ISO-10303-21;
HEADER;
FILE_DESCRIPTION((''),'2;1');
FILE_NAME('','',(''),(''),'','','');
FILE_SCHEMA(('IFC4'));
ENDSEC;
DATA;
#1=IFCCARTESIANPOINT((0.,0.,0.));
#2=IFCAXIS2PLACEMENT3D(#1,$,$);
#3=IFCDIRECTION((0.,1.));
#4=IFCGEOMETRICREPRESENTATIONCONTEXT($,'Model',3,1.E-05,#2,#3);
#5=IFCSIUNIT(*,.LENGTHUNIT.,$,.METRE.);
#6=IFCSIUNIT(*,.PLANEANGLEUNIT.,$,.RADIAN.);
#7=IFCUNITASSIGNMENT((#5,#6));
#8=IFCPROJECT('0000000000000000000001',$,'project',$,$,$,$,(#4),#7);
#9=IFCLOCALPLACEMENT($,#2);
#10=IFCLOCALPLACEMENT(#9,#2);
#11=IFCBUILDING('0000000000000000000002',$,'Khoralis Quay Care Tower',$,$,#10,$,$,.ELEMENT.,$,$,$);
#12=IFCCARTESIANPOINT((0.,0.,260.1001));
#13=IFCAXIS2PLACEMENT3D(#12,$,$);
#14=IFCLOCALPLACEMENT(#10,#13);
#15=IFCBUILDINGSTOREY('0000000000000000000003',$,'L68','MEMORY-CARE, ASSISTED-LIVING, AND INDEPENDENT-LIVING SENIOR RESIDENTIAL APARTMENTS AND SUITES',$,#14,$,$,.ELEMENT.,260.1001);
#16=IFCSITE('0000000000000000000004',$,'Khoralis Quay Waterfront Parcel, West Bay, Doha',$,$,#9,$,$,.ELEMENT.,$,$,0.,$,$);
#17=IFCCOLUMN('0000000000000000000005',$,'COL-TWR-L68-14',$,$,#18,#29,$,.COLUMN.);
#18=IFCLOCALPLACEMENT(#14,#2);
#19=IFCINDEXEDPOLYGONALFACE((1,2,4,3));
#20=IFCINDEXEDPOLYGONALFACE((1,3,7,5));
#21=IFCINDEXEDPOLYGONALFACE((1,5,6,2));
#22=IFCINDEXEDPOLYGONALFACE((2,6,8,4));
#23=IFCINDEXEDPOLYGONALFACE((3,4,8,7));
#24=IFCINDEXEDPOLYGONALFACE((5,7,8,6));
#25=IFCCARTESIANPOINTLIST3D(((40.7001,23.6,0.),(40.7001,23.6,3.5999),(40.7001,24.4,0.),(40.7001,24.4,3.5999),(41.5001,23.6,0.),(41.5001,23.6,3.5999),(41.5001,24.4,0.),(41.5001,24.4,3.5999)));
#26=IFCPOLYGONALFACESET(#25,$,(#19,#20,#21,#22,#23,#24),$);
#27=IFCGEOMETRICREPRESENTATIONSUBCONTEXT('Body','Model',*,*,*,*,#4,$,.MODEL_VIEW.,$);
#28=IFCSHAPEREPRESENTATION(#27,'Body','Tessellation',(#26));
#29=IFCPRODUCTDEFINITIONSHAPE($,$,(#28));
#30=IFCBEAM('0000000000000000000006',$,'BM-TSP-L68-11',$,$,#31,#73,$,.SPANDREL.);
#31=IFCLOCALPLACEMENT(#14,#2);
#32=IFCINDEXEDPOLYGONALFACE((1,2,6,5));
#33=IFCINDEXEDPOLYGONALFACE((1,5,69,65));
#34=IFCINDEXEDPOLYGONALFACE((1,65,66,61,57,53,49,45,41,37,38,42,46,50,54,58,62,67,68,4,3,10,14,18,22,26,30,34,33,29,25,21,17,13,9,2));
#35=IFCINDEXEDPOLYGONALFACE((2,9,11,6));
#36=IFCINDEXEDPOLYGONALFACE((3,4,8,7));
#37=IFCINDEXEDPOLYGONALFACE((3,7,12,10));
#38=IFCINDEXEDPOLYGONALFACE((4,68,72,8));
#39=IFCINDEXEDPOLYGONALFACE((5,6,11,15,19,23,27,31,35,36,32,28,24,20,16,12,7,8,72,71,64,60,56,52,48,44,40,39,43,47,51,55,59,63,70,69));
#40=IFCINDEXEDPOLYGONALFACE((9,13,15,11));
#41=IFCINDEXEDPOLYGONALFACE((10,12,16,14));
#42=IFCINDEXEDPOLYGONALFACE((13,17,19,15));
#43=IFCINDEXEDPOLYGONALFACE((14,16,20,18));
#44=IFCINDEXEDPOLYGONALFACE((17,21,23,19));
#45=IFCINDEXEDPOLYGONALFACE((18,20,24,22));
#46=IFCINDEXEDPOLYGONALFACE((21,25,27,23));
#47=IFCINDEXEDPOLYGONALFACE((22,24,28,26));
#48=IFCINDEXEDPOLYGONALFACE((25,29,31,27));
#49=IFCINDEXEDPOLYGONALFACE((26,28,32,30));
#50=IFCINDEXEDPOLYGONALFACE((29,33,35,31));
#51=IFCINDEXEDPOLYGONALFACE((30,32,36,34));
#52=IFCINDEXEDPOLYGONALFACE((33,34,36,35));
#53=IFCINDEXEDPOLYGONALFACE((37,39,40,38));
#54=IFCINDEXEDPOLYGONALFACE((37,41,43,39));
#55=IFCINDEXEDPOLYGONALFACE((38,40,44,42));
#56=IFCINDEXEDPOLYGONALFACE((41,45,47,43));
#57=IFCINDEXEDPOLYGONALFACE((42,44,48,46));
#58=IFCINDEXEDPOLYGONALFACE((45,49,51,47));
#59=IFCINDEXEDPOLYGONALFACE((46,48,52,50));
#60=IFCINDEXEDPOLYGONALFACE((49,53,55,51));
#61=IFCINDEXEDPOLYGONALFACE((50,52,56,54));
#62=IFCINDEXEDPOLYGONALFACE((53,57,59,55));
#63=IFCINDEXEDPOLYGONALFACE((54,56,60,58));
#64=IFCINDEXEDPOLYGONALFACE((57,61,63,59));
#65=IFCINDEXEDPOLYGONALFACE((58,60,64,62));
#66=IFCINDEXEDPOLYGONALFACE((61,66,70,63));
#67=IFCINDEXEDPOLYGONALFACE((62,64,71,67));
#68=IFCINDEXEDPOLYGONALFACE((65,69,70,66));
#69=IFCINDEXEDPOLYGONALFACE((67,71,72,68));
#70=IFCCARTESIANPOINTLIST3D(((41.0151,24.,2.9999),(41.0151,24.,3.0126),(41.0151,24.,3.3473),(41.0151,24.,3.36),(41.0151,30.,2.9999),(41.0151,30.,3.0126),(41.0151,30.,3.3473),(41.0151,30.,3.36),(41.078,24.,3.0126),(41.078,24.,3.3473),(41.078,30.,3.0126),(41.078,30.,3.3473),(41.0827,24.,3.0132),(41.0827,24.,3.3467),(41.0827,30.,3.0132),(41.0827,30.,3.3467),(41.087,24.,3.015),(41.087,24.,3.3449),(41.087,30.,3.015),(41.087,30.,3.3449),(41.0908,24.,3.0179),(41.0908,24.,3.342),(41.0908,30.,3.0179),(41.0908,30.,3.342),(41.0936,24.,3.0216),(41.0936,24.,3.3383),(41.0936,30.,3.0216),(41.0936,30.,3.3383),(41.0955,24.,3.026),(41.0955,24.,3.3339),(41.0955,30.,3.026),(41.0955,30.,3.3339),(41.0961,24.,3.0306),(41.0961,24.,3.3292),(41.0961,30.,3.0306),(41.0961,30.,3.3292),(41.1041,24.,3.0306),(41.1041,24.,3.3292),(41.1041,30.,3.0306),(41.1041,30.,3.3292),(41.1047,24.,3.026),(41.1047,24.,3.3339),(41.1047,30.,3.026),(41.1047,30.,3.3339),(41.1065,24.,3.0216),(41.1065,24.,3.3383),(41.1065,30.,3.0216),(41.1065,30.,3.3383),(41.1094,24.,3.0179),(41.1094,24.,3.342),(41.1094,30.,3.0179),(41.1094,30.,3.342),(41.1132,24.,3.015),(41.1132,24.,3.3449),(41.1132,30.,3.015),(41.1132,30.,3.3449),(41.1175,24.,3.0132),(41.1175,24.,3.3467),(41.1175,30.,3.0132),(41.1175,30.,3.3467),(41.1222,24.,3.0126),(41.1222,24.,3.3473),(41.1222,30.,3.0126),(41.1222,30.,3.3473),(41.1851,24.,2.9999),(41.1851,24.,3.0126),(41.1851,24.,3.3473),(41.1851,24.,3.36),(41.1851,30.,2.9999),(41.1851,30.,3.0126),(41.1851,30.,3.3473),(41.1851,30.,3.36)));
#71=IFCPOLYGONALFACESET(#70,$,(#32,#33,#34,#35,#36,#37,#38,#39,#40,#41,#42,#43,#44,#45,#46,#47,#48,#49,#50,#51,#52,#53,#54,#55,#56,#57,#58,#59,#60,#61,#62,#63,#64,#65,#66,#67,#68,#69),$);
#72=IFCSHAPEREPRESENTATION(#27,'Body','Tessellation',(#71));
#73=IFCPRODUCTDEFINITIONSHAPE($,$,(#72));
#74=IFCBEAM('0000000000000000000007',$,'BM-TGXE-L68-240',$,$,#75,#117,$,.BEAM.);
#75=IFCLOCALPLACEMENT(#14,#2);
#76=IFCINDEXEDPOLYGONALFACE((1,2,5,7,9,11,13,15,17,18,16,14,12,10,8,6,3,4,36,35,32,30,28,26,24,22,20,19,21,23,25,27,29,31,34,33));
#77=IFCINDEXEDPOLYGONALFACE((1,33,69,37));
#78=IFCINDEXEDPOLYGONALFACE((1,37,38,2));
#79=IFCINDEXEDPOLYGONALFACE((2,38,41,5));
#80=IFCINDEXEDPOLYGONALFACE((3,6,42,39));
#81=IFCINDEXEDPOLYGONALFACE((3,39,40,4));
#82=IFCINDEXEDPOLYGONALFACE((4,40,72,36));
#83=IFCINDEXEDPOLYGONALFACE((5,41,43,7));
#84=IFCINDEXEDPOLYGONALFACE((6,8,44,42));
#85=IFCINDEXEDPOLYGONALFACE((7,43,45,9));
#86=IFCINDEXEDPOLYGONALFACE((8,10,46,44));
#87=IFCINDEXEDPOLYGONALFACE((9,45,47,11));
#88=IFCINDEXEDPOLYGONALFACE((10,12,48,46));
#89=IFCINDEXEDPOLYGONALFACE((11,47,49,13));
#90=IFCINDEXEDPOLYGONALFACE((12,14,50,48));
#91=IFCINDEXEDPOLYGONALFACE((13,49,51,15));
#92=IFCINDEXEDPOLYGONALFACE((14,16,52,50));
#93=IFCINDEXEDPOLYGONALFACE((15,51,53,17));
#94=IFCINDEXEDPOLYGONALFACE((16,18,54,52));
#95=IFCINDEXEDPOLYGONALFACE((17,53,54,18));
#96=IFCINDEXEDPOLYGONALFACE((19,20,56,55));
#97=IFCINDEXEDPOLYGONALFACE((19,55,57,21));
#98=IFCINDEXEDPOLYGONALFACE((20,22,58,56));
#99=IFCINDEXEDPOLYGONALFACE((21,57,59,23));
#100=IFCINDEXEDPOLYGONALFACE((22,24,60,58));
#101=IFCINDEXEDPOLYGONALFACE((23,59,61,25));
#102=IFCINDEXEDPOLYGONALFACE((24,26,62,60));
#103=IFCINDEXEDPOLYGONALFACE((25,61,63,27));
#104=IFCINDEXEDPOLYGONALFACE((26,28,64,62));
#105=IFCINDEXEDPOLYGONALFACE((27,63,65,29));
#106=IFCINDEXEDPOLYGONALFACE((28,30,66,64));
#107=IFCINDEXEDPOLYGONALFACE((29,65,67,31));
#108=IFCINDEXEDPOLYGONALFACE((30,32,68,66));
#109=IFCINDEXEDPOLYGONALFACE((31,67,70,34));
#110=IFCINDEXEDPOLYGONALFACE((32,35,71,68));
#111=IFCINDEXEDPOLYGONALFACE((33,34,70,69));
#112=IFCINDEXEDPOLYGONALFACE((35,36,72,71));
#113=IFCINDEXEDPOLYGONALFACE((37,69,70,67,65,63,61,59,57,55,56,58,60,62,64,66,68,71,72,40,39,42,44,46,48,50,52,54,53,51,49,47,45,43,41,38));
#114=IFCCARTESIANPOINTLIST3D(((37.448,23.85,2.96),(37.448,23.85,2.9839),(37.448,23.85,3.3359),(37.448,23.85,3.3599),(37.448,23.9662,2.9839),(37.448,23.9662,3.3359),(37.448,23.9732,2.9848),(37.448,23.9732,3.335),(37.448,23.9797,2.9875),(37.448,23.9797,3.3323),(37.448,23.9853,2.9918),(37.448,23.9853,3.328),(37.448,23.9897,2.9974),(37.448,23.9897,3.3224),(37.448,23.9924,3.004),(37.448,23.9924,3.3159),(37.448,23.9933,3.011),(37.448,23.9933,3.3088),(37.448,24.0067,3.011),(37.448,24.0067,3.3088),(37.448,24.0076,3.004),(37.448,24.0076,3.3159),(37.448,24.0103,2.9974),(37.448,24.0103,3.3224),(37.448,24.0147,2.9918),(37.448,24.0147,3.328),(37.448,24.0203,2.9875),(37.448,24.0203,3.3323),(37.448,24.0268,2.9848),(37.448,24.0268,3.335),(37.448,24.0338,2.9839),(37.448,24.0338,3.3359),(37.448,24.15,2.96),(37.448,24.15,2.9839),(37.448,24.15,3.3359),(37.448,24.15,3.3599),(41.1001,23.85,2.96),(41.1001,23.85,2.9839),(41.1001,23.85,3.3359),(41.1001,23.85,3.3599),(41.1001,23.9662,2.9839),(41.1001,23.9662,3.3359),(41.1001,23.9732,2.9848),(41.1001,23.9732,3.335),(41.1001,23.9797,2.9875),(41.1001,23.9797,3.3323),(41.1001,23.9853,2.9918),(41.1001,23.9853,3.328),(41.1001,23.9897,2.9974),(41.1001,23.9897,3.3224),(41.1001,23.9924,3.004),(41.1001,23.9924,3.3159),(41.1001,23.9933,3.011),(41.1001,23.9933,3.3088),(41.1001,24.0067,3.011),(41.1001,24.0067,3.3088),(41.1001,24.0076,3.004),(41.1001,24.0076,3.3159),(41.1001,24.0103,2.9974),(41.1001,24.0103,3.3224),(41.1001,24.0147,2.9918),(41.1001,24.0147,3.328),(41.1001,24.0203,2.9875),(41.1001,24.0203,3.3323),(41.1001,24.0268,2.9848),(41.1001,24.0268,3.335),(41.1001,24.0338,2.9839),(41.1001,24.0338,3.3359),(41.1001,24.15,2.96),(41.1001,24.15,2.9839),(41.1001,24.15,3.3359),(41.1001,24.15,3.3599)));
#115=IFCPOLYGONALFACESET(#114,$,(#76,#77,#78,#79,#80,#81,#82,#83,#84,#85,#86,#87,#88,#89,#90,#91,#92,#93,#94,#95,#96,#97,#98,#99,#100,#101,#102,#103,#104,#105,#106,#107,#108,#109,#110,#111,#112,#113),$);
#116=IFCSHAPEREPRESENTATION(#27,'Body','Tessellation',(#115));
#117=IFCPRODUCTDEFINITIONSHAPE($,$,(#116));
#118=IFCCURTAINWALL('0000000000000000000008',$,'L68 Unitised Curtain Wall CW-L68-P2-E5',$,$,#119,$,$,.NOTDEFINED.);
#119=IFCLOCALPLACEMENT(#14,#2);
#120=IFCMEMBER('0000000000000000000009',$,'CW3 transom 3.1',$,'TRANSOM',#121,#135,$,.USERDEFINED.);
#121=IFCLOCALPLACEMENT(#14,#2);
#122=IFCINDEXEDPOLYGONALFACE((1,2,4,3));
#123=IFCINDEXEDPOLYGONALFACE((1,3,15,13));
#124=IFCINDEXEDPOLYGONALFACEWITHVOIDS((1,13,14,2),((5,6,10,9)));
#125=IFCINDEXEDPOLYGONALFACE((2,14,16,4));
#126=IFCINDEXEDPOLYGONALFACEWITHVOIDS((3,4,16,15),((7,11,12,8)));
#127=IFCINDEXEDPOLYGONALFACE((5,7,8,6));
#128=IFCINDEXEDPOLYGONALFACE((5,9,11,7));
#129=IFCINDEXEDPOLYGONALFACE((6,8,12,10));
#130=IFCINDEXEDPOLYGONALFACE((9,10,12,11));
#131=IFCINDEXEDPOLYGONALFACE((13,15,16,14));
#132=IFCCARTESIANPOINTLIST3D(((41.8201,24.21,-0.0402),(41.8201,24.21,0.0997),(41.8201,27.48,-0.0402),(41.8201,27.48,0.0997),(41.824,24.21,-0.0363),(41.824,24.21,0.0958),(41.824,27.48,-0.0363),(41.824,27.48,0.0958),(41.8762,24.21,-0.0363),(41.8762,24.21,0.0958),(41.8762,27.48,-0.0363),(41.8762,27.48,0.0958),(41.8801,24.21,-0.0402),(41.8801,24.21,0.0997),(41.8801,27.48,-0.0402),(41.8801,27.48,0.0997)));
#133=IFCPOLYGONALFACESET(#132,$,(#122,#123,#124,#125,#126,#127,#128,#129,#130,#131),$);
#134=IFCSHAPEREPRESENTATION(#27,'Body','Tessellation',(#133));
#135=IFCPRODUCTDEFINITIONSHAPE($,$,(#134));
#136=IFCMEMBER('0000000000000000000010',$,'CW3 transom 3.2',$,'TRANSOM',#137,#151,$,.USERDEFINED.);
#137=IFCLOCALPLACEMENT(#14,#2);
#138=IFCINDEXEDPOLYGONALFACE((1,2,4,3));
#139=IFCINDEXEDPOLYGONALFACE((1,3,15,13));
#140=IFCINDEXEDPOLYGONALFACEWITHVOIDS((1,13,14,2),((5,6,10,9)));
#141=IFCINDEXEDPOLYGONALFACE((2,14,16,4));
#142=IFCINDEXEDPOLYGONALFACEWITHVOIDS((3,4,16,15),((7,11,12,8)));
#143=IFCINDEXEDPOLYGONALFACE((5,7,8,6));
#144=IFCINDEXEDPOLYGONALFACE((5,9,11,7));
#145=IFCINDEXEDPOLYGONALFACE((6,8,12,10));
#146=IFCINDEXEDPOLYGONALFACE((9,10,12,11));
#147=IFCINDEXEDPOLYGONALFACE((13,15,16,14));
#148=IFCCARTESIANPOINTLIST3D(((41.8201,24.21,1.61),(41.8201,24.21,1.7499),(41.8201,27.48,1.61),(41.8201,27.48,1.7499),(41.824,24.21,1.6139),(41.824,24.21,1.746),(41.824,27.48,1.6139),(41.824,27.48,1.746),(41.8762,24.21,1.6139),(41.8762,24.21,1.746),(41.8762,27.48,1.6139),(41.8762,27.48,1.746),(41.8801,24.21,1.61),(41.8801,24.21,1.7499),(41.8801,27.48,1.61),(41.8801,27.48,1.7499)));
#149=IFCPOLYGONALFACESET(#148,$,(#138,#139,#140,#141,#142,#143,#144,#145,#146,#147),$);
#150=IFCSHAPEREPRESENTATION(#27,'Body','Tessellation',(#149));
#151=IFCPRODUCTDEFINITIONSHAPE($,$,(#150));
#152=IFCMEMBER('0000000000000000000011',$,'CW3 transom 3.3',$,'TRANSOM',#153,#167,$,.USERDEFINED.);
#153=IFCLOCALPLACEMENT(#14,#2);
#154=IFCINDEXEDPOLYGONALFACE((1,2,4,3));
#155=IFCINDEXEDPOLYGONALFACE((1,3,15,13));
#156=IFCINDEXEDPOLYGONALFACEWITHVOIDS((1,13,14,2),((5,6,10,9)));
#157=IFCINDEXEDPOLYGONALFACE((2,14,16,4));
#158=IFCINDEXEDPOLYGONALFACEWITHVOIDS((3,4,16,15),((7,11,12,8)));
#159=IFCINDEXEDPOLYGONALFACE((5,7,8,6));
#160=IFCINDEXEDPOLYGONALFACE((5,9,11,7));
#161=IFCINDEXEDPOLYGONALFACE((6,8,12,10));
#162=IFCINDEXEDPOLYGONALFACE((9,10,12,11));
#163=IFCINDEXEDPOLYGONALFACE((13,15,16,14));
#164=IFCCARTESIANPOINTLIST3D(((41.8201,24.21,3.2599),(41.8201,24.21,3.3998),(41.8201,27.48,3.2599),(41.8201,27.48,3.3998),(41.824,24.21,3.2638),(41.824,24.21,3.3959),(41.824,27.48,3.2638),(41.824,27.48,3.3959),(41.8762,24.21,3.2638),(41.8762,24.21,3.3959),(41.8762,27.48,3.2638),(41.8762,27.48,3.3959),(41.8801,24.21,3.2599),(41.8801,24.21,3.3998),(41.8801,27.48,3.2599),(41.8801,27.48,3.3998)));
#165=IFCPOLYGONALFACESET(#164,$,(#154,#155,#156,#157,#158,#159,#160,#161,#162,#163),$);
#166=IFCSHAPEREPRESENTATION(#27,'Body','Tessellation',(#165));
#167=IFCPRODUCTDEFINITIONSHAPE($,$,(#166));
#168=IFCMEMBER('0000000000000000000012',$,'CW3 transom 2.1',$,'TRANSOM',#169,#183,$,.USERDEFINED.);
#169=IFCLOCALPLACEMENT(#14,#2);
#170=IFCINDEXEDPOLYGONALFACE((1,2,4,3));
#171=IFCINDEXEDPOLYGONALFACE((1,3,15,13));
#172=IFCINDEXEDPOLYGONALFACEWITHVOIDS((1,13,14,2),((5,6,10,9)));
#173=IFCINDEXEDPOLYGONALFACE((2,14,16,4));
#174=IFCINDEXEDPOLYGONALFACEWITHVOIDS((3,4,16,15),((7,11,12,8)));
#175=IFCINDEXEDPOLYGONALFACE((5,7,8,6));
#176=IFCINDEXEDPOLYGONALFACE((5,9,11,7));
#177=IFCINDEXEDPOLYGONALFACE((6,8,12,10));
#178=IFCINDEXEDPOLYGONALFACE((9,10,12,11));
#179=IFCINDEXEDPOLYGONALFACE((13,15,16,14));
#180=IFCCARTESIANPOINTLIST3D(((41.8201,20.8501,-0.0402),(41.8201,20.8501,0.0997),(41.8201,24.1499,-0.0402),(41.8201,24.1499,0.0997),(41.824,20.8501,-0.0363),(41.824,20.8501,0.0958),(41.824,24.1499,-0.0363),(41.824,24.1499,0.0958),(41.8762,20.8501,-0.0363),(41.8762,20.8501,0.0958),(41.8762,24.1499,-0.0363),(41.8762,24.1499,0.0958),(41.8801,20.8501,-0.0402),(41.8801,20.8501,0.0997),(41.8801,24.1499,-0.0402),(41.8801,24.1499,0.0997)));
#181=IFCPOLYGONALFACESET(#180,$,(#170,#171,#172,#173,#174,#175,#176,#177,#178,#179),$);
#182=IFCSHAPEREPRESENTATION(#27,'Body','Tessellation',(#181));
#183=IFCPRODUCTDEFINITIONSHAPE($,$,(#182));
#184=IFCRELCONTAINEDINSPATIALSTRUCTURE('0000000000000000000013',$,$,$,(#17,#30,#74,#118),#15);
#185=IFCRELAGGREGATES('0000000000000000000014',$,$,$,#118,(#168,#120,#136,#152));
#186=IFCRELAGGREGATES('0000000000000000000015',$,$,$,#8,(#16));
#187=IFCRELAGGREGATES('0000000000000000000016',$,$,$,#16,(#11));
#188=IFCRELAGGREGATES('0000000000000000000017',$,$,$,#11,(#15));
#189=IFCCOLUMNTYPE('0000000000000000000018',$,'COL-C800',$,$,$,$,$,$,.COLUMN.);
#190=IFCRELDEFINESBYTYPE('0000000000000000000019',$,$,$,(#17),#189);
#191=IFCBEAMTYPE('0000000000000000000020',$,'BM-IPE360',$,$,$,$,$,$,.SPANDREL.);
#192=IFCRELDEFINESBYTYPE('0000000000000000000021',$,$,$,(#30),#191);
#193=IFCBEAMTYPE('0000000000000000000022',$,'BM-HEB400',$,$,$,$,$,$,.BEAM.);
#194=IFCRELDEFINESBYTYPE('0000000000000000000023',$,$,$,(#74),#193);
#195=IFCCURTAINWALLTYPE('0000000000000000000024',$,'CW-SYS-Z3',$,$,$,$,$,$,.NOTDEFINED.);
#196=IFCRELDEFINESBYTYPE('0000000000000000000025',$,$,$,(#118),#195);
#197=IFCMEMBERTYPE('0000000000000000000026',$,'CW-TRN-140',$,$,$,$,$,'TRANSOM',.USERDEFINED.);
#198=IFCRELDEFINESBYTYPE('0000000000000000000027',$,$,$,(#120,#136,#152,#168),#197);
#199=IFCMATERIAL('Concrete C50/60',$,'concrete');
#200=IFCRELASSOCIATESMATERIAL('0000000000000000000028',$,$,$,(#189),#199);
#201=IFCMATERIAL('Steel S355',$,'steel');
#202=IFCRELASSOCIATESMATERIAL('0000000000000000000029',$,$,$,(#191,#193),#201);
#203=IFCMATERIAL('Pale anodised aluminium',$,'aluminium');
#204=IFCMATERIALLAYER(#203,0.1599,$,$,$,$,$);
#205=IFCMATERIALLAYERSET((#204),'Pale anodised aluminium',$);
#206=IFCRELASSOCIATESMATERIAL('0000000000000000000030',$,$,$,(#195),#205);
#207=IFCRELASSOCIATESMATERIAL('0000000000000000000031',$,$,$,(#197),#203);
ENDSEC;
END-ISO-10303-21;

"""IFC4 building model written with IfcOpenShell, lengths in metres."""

from ifc_helpers import new_model, si_unit, direction, frame, origin, origin_2d, place, context, subcontext, project, spatial, rectangle, hollow_rectangle, i_section, extrude, source, transform, mapped, material, layer, layer_set, material_profile, profile_set, type_object, element, aggregate, save


model = new_model("IFC4")

# Units and contexts
model_context = context("Model", 3, precision=1e-05, world=origin(), true_north=direction((0.0, 1.0)))
body_context = subcontext(model_context, "Body", "Model", "MODEL_VIEW")
ifc_project = project(units=[si_unit("LENGTHUNIT", "METRE"), si_unit("PLANEANGLEUNIT", "RADIAN")], contexts=[model_context])

# Site, building, storey
site_placement = place(None, origin())
site = spatial("IfcSite", under=ifc_project, at=site_placement, Name="Khoralis Quay Waterfront Parcel, West Bay, Doha", CompositionType="ELEMENT", RefElevation=0.0)
building_placement = place(site_placement, origin())
building = spatial("IfcBuilding", under=site, at=building_placement, Name="Khoralis Quay Care Tower", CompositionType="ELEMENT")
storey_placement = place(building_placement, frame((0.0, 0.0, 260.1001)))
storey = spatial("IfcBuildingStorey", under=building, at=storey_placement, Name="L68", Description="MEMORY-CARE, ASSISTED-LIVING, AND INDEPENDENT-LIVING SENIOR RESIDENTIAL APARTMENTS AND SUITES", CompositionType="ELEMENT", Elevation=260.1001)

# Column
ifc_material_1 = material(Name="Concrete C50/60", Category="concrete")
ifc_material_profile_1 = material_profile(ifc_material_1, rectangle(XDim=0.8, YDim=0.8, at=origin_2d()), Name="Concrete C50/60")
ifc_profile_set_1 = profile_set([ifc_material_profile_1], Name="Concrete C50/60")
column_type = type_object("IfcColumnType", Name="COL-C800", PredefinedType="COLUMN", material=ifc_profile_set_1)
shared_shape_1 = source(origin(), body_context, "Body", "SweptSolid", [
    extrude(rectangle(XDim=0.8, YDim=0.8, at=origin_2d()), origin(), (0.0, 0.0, 1.0), 3.5999),
])
column_placement = place(storey_placement, frame((41.1001, 24.0, 0.0), z_axis=(0.0, 0.0, 1.0), x_axis=(1.0, 0.0, 0.0)))
element("IfcColumn", 1, at=column_placement, inside=storey, type_object=column_type, Name="COL-TWR-L68-14", PredefinedType="COLUMN", context=body_context, shape_type="MappedRepresentation", body=[
    mapped(shared_shape_1, transform((0.0, 0.0, 0.0), scale=1.0)),
])

# Beams
ifc_material_2 = material(Name="Steel S355", Category="steel")
ifc_material_profile_2 = material_profile(ifc_material_2, i_section(OverallWidth=0.1699, OverallDepth=0.3601, WebThickness=0.0081, FlangeThickness=0.0127, FilletRadius=0.0181, at=origin_2d()), Name="Steel S355")
ifc_profile_set_2 = profile_set([ifc_material_profile_2], Name="Steel S355")
beam_type_1 = type_object("IfcBeamType", Name="BM-IPE360", PredefinedType="SPANDREL", material=ifc_profile_set_2)
shared_shape_2 = source(origin(), body_context, "Body", "SweptSolid", [
    extrude(i_section(OverallWidth=0.1699, OverallDepth=0.3601, WebThickness=0.0081, FlangeThickness=0.0127, FilletRadius=0.0181, at=origin_2d()), origin(), (0.0, 0.0, 1.0), 6.0),
])
beam_1_placement = place(storey_placement, frame((41.1001, 24.0, 3.1799), z_axis=(0.0, 1.0, 0.0), x_axis=(-1.0, 0.0, 0.0)))
element("IfcBeam", 2, at=beam_1_placement, inside=storey, type_object=beam_type_1, Name="BM-TSP-L68-11", PredefinedType="SPANDREL", context=body_context, shape_type="MappedRepresentation", body=[
    mapped(shared_shape_2, transform((0.0, 0.0, 0.0), scale=1.0)),
])
ifc_material_profile_3 = material_profile(ifc_material_2, i_section(OverallWidth=0.3, OverallDepth=0.3999, WebThickness=0.0134, FlangeThickness=0.0239, FilletRadius=0.0271, at=origin_2d()), Name="Steel S355")
ifc_profile_set_3 = profile_set([ifc_material_profile_3], Name="Steel S355")
beam_type_2 = type_object("IfcBeamType", Name="BM-HEB400", PredefinedType="BEAM", material=ifc_profile_set_3)
shared_shape_3 = source(origin(), body_context, "Body", "SweptSolid", [
    extrude(i_section(OverallWidth=0.3, OverallDepth=0.3999, WebThickness=0.0134, FlangeThickness=0.0239, FilletRadius=0.0271, at=origin_2d()), origin(), (0.0, 0.0, 1.0), 3.6521),
])
beam_2_placement = place(storey_placement, frame((37.448, 24.0, 3.1599), z_axis=(1.0, 0.0, 0.0), x_axis=(0.0, 1.0, 0.0)))
element("IfcBeam", 3, at=beam_2_placement, inside=storey, type_object=beam_type_2, Name="BM-TGXE-L68-240", PredefinedType="BEAM", context=body_context, shape_type="MappedRepresentation", body=[
    mapped(shared_shape_3, transform((0.0, 0.0, 0.0), scale=1.0)),
])

# Curtain wall, members
ifc_material_3 = material(Name="Pale anodised aluminium", Category="aluminium")
ifc_layer_1 = layer(ifc_material_3, 0.1599)
ifc_layer_set_1 = layer_set([ifc_layer_1], Name="Pale anodised aluminium")
curtain_wall_type = type_object("IfcCurtainWallType", Name="CW-SYS-Z3", PredefinedType="NOTDEFINED", material=ifc_layer_set_1)
curtain_wall_placement = place(storey_placement, origin())
curtain_wall = element("IfcCurtainWall", 4, at=curtain_wall_placement, inside=storey, type_object=curtain_wall_type, Name="L68 Unitised Curtain Wall CW-L68-P2-E5", PredefinedType="NOTDEFINED")
ifc_material_profile_4 = material_profile(ifc_material_3, hollow_rectangle(XDim=0.0601, YDim=0.1399, WallThickness=0.0039, at=origin_2d()), Name="Pale anodised aluminium")
ifc_profile_set_4 = profile_set([ifc_material_profile_4], Name="Pale anodised aluminium")
member_type_1 = type_object("IfcMemberType", Name="CW-TRN-140", ElementType="TRANSOM", PredefinedType="USERDEFINED", material=ifc_profile_set_4)
shared_shape_4 = source(origin(), body_context, "Body", "SweptSolid", [
    extrude(hollow_rectangle(XDim=0.0601, YDim=0.1399, WallThickness=0.0039, at=origin_2d()), origin(), (0.0, 0.0, 1.0), 3.27),
])
member_1_placement = place(storey_placement, frame((41.8501, 24.21, 0.0298), z_axis=(0.0, 1.0, 0.0), x_axis=(-1.0, 0.0, 0.0)))
member_1 = element("IfcMember", 5, at=member_1_placement, type_object=member_type_1, Name="CW3 transom 3.1", ObjectType="TRANSOM", PredefinedType="USERDEFINED", context=body_context, shape_type="MappedRepresentation", body=[
    mapped(shared_shape_4, transform((0.0, 0.0, 0.0), scale=1.0)),
])
member_2_placement = place(storey_placement, frame((41.8501, 24.21, 1.6799), z_axis=(0.0, 1.0, 0.0), x_axis=(-1.0, 0.0, 0.0)))
member_2 = element("IfcMember", 6, at=member_2_placement, type_object=member_type_1, Name="CW3 transom 3.2", ObjectType="TRANSOM", PredefinedType="USERDEFINED", context=body_context, shape_type="MappedRepresentation", body=[
    mapped(shared_shape_4, transform((0.0, 0.0, 0.0), scale=1.0)),
])
member_3_placement = place(storey_placement, frame((41.8501, 24.21, 3.3298), z_axis=(0.0, 1.0, 0.0), x_axis=(-1.0, 0.0, 0.0)))
member_3 = element("IfcMember", 7, at=member_3_placement, type_object=member_type_1, Name="CW3 transom 3.3", ObjectType="TRANSOM", PredefinedType="USERDEFINED", context=body_context, shape_type="MappedRepresentation", body=[
    mapped(shared_shape_4, transform((0.0, 0.0, 0.0), scale=1.0)),
])
shared_shape_5 = source(origin(), body_context, "Body", "SweptSolid", [
    extrude(hollow_rectangle(XDim=0.0601, YDim=0.1399, WallThickness=0.0039, at=origin_2d()), origin(), (0.0, 0.0, 1.0), 3.2998),
])
member_4_placement = place(storey_placement, frame((41.8501, 20.8501, 0.0298), z_axis=(0.0, 1.0, 0.0), x_axis=(-1.0, 0.0, 0.0)))
member_4 = element("IfcMember", 8, at=member_4_placement, type_object=member_type_1, Name="CW3 transom 2.1", ObjectType="TRANSOM", PredefinedType="USERDEFINED", context=body_context, shape_type="MappedRepresentation", body=[
    mapped(shared_shape_5, transform((0.0, 0.0, 0.0), scale=1.0)),
])
aggregate(curtain_wall, [member_4, member_1, member_2, member_3])

save(model, "model.ifc")
